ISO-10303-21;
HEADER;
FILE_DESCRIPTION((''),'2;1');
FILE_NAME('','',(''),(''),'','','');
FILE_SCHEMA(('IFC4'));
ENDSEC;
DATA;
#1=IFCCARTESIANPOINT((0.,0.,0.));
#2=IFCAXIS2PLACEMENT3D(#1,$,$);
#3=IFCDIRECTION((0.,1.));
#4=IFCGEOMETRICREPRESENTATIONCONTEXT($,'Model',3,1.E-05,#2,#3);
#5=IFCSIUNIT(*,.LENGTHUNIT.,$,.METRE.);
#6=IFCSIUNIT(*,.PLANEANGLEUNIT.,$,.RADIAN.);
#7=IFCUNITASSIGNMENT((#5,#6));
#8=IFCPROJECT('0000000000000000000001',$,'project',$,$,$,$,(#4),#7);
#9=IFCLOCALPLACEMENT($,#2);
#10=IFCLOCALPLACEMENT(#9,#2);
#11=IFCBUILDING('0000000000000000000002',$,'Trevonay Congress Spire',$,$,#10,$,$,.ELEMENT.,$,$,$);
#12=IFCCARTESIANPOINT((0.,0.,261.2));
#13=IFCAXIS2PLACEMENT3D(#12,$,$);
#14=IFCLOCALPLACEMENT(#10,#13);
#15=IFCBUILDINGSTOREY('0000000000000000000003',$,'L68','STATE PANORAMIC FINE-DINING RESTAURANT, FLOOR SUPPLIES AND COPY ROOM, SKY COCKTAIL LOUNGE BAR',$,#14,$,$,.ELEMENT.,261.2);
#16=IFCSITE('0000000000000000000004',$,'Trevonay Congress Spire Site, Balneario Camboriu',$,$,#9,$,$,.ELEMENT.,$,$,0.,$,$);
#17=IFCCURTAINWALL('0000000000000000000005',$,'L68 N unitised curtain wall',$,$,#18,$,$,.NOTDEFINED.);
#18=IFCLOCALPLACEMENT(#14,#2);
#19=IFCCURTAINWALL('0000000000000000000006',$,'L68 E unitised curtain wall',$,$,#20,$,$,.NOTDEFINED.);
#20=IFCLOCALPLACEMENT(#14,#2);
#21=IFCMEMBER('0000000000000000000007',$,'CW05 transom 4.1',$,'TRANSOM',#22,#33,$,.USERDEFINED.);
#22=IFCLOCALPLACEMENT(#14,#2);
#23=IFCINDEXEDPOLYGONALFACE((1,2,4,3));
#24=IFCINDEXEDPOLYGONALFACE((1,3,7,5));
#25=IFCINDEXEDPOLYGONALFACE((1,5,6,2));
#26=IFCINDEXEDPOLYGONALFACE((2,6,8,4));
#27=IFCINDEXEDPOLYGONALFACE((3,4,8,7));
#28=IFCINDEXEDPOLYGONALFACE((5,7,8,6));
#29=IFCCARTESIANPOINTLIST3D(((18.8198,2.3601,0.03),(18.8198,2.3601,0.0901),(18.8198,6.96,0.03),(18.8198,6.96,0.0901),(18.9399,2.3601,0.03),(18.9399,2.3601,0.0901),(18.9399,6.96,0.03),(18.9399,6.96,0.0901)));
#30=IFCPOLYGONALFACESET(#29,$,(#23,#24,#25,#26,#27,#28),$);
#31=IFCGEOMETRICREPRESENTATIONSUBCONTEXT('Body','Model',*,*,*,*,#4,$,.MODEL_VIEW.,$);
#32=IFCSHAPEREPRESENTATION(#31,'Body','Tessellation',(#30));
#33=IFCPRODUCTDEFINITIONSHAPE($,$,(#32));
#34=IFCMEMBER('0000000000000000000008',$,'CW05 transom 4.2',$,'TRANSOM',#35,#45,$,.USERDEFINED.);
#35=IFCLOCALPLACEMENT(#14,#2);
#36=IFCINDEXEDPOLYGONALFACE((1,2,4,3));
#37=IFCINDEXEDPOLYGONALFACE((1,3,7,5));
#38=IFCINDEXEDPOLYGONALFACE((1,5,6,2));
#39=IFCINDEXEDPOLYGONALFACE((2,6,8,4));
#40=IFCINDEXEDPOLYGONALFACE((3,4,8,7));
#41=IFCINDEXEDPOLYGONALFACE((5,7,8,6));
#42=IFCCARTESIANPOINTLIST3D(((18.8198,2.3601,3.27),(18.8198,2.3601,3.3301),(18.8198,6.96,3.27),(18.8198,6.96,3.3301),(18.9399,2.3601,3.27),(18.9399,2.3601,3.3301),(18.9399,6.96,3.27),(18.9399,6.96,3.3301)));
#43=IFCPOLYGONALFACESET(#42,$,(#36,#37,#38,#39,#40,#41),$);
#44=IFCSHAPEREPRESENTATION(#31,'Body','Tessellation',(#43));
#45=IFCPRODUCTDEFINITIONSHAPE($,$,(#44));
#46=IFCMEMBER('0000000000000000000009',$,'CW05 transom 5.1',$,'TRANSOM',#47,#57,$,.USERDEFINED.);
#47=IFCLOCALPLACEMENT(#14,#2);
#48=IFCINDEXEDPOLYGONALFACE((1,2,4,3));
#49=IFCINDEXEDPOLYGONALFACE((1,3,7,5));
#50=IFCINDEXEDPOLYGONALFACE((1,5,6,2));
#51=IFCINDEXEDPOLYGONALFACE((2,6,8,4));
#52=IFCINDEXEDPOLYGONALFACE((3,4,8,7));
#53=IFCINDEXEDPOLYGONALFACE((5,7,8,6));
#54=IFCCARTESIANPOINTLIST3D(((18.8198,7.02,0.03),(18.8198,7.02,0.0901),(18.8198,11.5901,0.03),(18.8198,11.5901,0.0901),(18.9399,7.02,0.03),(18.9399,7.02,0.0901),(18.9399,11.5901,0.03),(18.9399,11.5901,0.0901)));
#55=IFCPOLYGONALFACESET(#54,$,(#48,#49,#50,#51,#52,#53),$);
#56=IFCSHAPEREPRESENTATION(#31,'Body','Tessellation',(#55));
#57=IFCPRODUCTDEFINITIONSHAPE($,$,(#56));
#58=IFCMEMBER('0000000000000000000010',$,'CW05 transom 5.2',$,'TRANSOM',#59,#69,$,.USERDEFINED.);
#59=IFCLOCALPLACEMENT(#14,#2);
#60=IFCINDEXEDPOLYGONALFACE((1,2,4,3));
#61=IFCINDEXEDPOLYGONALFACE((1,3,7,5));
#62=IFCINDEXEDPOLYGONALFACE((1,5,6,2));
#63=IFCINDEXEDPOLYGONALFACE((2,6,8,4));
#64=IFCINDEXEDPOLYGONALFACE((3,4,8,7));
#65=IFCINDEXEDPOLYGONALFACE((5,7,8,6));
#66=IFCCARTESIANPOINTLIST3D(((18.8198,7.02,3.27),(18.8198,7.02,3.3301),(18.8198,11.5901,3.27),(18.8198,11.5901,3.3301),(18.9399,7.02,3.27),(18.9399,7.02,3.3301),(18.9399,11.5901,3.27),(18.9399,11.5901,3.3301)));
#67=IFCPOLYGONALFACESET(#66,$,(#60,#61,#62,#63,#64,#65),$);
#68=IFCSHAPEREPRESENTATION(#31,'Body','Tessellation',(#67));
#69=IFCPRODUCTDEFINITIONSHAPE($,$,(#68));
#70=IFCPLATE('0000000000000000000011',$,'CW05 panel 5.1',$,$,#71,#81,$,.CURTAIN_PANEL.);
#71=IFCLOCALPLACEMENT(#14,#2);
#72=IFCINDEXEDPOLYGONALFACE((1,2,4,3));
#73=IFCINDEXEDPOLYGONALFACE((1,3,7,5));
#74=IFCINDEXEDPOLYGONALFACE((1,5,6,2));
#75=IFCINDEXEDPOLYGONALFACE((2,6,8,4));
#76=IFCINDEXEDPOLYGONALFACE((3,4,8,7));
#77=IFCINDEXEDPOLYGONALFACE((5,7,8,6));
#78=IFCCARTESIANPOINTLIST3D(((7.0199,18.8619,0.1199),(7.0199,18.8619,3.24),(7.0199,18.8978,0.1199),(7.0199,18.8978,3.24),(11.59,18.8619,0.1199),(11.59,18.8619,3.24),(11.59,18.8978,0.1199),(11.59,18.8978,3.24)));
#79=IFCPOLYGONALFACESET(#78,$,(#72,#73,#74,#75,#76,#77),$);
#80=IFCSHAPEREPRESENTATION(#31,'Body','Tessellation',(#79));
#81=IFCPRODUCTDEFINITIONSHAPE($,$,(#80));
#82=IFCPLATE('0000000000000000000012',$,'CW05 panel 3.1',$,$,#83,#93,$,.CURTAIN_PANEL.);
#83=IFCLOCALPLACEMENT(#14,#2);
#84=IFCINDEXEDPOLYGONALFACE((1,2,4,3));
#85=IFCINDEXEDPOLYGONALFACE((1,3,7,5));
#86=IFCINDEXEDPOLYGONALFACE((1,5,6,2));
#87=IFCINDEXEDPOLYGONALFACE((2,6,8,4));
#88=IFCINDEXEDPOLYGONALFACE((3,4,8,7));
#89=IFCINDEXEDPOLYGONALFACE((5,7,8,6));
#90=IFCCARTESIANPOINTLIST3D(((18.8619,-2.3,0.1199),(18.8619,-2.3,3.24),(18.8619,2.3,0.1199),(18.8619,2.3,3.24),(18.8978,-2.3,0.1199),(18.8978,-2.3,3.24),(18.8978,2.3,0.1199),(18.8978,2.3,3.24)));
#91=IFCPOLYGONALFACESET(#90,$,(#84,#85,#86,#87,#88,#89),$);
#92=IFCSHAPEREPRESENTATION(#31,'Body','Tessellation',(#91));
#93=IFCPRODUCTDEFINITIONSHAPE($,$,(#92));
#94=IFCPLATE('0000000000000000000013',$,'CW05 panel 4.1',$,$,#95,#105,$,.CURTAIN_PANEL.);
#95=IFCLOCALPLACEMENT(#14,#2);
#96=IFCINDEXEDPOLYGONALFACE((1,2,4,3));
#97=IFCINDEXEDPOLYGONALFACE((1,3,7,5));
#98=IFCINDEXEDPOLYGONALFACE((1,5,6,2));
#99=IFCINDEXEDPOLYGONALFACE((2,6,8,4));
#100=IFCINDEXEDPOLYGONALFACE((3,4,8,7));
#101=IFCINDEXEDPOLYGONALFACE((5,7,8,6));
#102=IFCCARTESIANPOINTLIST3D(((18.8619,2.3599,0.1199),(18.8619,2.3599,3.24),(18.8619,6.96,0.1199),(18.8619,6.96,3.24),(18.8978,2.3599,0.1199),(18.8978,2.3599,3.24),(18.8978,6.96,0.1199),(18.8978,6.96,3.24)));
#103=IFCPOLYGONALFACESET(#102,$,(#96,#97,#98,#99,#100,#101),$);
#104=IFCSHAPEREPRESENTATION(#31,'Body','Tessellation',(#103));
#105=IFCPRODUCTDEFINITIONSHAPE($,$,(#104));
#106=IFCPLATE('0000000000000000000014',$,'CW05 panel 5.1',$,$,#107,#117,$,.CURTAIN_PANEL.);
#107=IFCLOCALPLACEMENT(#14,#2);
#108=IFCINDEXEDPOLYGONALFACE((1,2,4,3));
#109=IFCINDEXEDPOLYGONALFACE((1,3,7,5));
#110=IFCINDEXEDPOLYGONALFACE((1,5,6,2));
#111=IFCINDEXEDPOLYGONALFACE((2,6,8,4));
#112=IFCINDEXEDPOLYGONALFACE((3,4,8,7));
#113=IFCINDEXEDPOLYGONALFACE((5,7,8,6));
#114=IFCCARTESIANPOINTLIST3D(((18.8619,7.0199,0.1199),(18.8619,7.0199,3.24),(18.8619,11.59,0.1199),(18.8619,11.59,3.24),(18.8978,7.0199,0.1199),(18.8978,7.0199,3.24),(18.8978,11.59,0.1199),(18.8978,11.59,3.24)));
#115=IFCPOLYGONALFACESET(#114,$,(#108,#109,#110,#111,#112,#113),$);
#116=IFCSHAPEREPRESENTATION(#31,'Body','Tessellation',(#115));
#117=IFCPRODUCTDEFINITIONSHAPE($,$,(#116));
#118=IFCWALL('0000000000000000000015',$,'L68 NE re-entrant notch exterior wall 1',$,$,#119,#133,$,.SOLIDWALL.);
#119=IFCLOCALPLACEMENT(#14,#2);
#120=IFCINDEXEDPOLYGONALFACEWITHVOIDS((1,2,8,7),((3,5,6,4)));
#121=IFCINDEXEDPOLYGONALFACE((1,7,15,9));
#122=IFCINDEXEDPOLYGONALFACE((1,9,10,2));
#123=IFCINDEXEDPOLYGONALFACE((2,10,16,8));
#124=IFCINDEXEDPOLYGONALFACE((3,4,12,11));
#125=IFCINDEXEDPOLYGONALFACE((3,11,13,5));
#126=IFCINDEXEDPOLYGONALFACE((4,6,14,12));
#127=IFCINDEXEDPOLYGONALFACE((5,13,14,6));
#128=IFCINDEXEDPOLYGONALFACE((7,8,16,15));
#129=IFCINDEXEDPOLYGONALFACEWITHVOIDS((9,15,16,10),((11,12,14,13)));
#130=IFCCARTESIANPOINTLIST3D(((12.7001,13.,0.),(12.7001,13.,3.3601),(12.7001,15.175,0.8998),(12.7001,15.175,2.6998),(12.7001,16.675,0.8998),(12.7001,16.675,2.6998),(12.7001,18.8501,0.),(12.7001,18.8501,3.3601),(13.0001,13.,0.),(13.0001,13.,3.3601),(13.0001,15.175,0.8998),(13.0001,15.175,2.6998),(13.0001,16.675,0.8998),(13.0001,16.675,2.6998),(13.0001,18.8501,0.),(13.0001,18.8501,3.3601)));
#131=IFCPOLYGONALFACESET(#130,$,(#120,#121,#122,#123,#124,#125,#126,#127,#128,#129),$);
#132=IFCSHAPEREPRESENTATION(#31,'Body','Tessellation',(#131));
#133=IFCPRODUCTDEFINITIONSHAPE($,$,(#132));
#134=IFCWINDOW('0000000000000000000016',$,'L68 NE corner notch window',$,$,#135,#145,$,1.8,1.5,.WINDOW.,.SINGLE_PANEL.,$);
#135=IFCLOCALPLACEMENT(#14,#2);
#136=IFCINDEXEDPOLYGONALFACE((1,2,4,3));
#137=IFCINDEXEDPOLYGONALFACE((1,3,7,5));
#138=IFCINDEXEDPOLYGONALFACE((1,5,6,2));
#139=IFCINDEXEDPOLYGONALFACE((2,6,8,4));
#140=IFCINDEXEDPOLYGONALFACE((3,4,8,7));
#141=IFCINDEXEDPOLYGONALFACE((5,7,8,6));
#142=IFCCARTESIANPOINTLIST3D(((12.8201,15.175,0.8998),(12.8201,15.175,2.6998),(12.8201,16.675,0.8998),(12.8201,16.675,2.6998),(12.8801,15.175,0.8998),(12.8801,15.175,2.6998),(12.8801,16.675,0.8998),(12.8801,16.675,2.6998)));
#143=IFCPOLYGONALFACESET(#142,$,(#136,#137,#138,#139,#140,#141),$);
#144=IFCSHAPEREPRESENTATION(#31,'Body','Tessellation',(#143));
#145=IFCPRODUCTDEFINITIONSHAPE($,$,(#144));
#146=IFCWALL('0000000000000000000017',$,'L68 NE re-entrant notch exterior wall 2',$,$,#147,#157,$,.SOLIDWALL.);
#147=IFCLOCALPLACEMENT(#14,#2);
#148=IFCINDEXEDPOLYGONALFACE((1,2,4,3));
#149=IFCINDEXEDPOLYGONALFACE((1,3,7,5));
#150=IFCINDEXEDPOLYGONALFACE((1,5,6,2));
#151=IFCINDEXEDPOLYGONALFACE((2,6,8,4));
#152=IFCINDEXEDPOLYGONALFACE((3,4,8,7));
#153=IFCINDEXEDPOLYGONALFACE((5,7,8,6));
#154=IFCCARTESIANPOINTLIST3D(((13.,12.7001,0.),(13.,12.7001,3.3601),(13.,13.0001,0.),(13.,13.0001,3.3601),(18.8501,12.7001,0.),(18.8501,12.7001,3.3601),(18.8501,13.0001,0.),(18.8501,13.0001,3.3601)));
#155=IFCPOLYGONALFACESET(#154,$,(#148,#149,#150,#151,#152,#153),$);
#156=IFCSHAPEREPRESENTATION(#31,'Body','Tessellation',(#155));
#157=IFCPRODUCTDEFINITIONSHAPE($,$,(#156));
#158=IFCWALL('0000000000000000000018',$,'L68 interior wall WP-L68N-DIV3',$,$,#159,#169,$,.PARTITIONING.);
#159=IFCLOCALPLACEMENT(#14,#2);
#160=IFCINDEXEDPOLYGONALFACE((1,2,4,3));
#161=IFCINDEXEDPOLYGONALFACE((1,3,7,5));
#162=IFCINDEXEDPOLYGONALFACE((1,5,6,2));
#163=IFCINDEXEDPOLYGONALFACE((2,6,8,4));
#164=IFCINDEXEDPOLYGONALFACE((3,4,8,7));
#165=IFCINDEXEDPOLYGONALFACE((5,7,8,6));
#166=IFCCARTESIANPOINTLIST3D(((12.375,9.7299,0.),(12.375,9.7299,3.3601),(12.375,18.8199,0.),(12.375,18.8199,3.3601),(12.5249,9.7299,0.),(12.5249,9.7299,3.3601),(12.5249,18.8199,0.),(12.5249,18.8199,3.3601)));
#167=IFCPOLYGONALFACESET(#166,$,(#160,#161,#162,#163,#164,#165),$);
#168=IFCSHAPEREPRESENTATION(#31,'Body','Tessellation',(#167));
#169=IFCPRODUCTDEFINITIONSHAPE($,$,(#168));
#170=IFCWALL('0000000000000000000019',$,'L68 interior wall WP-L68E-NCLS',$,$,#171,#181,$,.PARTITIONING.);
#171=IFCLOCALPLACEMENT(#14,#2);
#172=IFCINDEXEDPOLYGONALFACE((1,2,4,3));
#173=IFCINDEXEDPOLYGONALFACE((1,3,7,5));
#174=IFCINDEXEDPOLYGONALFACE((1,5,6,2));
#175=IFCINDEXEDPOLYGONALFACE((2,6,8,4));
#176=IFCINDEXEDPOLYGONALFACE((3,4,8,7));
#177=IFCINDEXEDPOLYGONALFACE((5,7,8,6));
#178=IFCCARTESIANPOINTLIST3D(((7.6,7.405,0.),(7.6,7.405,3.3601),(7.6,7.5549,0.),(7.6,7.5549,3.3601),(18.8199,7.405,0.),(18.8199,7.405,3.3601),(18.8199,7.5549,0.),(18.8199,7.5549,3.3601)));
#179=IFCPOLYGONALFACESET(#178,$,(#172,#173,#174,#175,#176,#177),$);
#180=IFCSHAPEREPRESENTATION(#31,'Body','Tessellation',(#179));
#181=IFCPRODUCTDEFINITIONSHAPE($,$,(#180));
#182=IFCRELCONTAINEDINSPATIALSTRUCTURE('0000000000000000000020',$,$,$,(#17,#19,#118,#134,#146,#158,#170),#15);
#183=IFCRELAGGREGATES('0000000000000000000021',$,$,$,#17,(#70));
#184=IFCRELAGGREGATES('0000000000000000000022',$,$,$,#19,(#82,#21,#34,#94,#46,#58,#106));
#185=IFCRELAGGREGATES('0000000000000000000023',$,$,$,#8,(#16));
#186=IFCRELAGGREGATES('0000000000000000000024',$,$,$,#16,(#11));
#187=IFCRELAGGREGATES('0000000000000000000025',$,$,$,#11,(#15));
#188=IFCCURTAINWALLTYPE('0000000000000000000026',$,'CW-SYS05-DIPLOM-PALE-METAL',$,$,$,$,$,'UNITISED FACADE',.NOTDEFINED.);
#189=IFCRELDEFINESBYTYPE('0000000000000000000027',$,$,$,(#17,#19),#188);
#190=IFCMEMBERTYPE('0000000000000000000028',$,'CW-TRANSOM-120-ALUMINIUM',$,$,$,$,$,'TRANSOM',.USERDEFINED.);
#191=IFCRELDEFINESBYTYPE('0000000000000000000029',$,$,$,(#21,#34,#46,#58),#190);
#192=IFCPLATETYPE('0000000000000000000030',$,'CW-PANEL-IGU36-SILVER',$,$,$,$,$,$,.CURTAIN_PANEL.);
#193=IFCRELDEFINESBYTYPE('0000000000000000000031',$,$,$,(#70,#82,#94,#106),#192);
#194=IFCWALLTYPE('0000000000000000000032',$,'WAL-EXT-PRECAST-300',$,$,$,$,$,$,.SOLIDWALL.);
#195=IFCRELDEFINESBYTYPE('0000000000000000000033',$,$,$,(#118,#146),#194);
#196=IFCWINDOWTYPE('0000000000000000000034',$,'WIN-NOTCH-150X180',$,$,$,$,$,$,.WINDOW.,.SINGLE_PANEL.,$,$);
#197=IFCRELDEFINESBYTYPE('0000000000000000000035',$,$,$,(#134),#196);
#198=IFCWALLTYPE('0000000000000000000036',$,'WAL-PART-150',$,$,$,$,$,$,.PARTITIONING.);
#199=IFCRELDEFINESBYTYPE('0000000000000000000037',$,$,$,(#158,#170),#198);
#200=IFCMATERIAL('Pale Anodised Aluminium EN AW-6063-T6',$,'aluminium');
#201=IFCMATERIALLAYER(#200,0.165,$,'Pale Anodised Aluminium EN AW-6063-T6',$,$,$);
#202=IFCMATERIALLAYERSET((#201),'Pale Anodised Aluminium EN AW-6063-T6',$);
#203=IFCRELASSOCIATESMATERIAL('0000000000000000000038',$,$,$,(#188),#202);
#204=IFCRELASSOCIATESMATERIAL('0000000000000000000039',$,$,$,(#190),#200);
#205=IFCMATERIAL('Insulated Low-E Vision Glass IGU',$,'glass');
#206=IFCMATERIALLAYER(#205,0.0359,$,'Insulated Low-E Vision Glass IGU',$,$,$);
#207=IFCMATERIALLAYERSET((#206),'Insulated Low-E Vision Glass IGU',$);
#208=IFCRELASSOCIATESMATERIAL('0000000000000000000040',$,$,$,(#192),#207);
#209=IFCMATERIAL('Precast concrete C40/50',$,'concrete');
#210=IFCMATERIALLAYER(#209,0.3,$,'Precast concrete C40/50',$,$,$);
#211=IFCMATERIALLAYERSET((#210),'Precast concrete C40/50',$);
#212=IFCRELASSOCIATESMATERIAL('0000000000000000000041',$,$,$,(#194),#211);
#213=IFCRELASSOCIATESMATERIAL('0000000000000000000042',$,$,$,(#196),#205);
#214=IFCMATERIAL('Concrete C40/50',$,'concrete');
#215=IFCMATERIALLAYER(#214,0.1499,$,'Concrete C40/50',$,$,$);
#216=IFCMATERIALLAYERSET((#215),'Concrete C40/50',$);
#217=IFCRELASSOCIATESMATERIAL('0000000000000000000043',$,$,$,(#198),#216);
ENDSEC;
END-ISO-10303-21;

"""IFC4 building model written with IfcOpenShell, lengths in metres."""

from ifc_helpers import new_model, si_unit, direction, frame, frame_2d, origin, origin_2d, place, context, subcontext, project, spatial, rectangle, extrude, material, layer, layer_set, material_profile, profile_set, type_object, element, fill, aggregate, save


model = new_model("IFC4")

# Units and contexts
model_context = context("Model", 3, precision=1e-05, world=origin(), true_north=direction((0.0, 1.0)))
body_context = subcontext(model_context, "Body", "Model", "MODEL_VIEW")
ifc_project = project(units=[si_unit("LENGTHUNIT", "METRE"), si_unit("PLANEANGLEUNIT", "RADIAN")], contexts=[model_context])

# Site, building, storey
site_placement = place(None, origin())
site = spatial("IfcSite", under=ifc_project, at=site_placement, Name="Trevonay Congress Spire Site, Balneario Camboriu", CompositionType="ELEMENT", RefElevation=0.0)
building_placement = place(site_placement, origin())
building = spatial("IfcBuilding", under=site, at=building_placement, Name="Trevonay Congress Spire", CompositionType="ELEMENT")
storey_placement = place(building_placement, frame((0.0, 0.0, 261.2)))
storey = spatial("IfcBuildingStorey", under=building, at=storey_placement, Name="L68", Description="STATE PANORAMIC FINE-DINING RESTAURANT, FLOOR SUPPLIES AND COPY ROOM, SKY COCKTAIL LOUNGE BAR", CompositionType="ELEMENT", Elevation=261.2)

# Curtain walls
ifc_material_1 = material(Name="Pale Anodised Aluminium EN AW-6063-T6", Category="aluminium")
ifc_layer_1 = layer(ifc_material_1, 0.165, Name="Pale Anodised Aluminium EN AW-6063-T6")
ifc_layer_set_1 = layer_set([ifc_layer_1], Name="Pale Anodised Aluminium EN AW-6063-T6")
curtain_wall_type = type_object("IfcCurtainWallType", Name="CW-SYS05-DIPLOM-PALE-METAL", ElementType="UNITISED FACADE", PredefinedType="NOTDEFINED", material=ifc_layer_set_1)
curtain_wall_1_placement = place(storey_placement, origin())
curtain_wall_1 = element("IfcCurtainWall", 1, at=curtain_wall_1_placement, inside=storey, type_object=curtain_wall_type, Name="L68 N unitised curtain wall", PredefinedType="NOTDEFINED")
curtain_wall_2_placement = place(storey_placement, origin())
curtain_wall_2 = element("IfcCurtainWall", 2, at=curtain_wall_2_placement, inside=storey, type_object=curtain_wall_type, Name="L68 E unitised curtain wall", PredefinedType="NOTDEFINED")

# Members
ifc_material_profile_1 = material_profile(ifc_material_1, rectangle(XDim=0.1201, YDim=0.0601, at=origin_2d()), Name="CW-TRANSOM-120-ALUMINIUM")
ifc_profile_set_1 = profile_set([ifc_material_profile_1], Name="Pale Anodised Aluminium EN AW-6063-T6")
member_type_1 = type_object("IfcMemberType", Name="CW-TRANSOM-120-ALUMINIUM", ElementType="TRANSOM", PredefinedType="USERDEFINED", material=ifc_profile_set_1)
member_1_placement = place(storey_placement, frame((18.8799, 2.3601, 0.0601), z_axis=(0.0, 1.0, 0.0), x_axis=(-1.0, 0.0, 0.0)))
member_1 = element("IfcMember", 3, at=member_1_placement, type_object=member_type_1, Name="CW05 transom 4.1", ObjectType="TRANSOM", PredefinedType="USERDEFINED", context=body_context, shape_type="SweptSolid", body=[
    extrude(rectangle(XDim=0.1201, YDim=0.0601, at=origin_2d()), origin(), (0.0, 0.0, 1.0), 4.5999),
])
member_2_placement = place(storey_placement, frame((18.8799, 2.3601, 3.3), z_axis=(0.0, 1.0, 0.0), x_axis=(-1.0, 0.0, 0.0)))
member_2 = element("IfcMember", 4, at=member_2_placement, type_object=member_type_1, Name="CW05 transom 4.2", ObjectType="TRANSOM", PredefinedType="USERDEFINED", context=body_context, shape_type="SweptSolid", body=[
    extrude(rectangle(XDim=0.1201, YDim=0.0601, at=origin_2d()), origin(), (0.0, 0.0, 1.0), 4.5999),
])
member_3_placement = place(storey_placement, frame((18.8799, 7.02, 0.0601), z_axis=(0.0, 1.0, 0.0), x_axis=(-1.0, 0.0, 0.0)))
member_3 = element("IfcMember", 5, at=member_3_placement, type_object=member_type_1, Name="CW05 transom 5.1", ObjectType="TRANSOM", PredefinedType="USERDEFINED", context=body_context, shape_type="SweptSolid", body=[
    extrude(rectangle(XDim=0.1201, YDim=0.0601, at=origin_2d()), origin(), (0.0, 0.0, 1.0), 4.5701),
])
member_4_placement = place(storey_placement, frame((18.8799, 7.02, 3.3), z_axis=(0.0, 1.0, 0.0), x_axis=(-1.0, 0.0, 0.0)))
member_4 = element("IfcMember", 6, at=member_4_placement, type_object=member_type_1, Name="CW05 transom 5.2", ObjectType="TRANSOM", PredefinedType="USERDEFINED", context=body_context, shape_type="SweptSolid", body=[
    extrude(rectangle(XDim=0.1201, YDim=0.0601, at=origin_2d()), origin(), (0.0, 0.0, 1.0), 4.5701),
])

# Plates
ifc_material_2 = material(Name="Insulated Low-E Vision Glass IGU", Category="glass")
ifc_layer_2 = layer(ifc_material_2, 0.0359, Name="Insulated Low-E Vision Glass IGU")
ifc_layer_set_2 = layer_set([ifc_layer_2], Name="Insulated Low-E Vision Glass IGU")
plate_type = type_object("IfcPlateType", Name="CW-PANEL-IGU36-SILVER", PredefinedType="CURTAIN_PANEL", material=ifc_layer_set_2)
plate_1_placement = place(storey_placement, frame((9.3049, 18.8799, 0.1199), z_axis=(0.0, 0.0, 1.0), x_axis=(1.0, 0.0, 0.0)))
plate_1 = element("IfcPlate", 7, at=plate_1_placement, type_object=plate_type, Name="CW05 panel 5.1", PredefinedType="CURTAIN_PANEL", context=body_context, shape_type="SweptSolid", body=[
    extrude(rectangle(XDim=4.5701, YDim=0.0359, at=origin_2d()), origin(), (0.0, 0.0, 1.0), 3.1201),
])
aggregate(curtain_wall_1, [plate_1])
plate_2_placement = place(storey_placement, frame((18.8799, 0.0, 0.1199), z_axis=(0.0, 0.0, 1.0), x_axis=(0.0, 1.0, 0.0)))
plate_2 = element("IfcPlate", 8, at=plate_2_placement, type_object=plate_type, Name="CW05 panel 3.1", PredefinedType="CURTAIN_PANEL", context=body_context, shape_type="SweptSolid", body=[
    extrude(rectangle(XDim=4.6001, YDim=0.0359, at=origin_2d()), origin(), (0.0, 0.0, 1.0), 3.1201),
])
plate_3_placement = place(storey_placement, frame((18.8799, 4.6599, 0.1199), z_axis=(0.0, 0.0, 1.0), x_axis=(0.0, 1.0, 0.0)))
plate_3 = element("IfcPlate", 9, at=plate_3_placement, type_object=plate_type, Name="CW05 panel 4.1", PredefinedType="CURTAIN_PANEL", context=body_context, shape_type="SweptSolid", body=[
    extrude(rectangle(XDim=4.6001, YDim=0.0359, at=origin_2d()), origin(), (0.0, 0.0, 1.0), 3.1201),
])
plate_4_placement = place(storey_placement, frame((18.8799, 9.3049, 0.1199), z_axis=(0.0, 0.0, 1.0), x_axis=(0.0, 1.0, 0.0)))
plate_4 = element("IfcPlate", 10, at=plate_4_placement, type_object=plate_type, Name="CW05 panel 5.1", PredefinedType="CURTAIN_PANEL", context=body_context, shape_type="SweptSolid", body=[
    extrude(rectangle(XDim=4.5701, YDim=0.0359, at=origin_2d()), origin(), (0.0, 0.0, 1.0), 3.1201),
])
aggregate(curtain_wall_2, [plate_2, member_1, member_2, plate_3, member_3, member_4, plate_4])

# Wall, opening, window
ifc_material_3 = material(Name="Precast concrete C40/50", Category="concrete")
ifc_layer_3 = layer(ifc_material_3, 0.3, Name="Precast concrete C40/50")
ifc_layer_set_3 = layer_set([ifc_layer_3], Name="Precast concrete C40/50")
wall_type_1 = type_object("IfcWallType", Name="WAL-EXT-PRECAST-300", PredefinedType="SOLIDWALL", material=ifc_layer_set_3)
wall_1_placement = place(storey_placement, frame((12.8501, 18.8501, 0.0), z_axis=(0.0, 0.0, 1.0), x_axis=(0.0, -1.0, 0.0)))
wall_1 = element("IfcWall", 11, at=wall_1_placement, inside=storey, type_object=wall_type_1, Name="L68 NE re-entrant notch exterior wall 1", PredefinedType="SOLIDWALL", context=body_context, shape_type="SweptSolid", body=[
    extrude(rectangle(XDim=5.8501, YDim=0.3, at=frame_2d((2.925, 0.0))), origin(), (0.0, 0.0, 1.0), 3.3601),
])
opening_placement = place(wall_1_placement, frame((2.175, 0.0, 0.8999)))
opening = element("IfcOpeningElement", 12, at=opening_placement, cuts=wall_1, PredefinedType="OPENING", context=body_context, shape_type="SweptSolid", body=[
    extrude(rectangle(XDim=1.5, YDim=1.8, at=frame_2d((0.75, 0.8999))), frame((0.0, 0.1602, 0.0), z_axis=(0.0, -1.0, 0.0), x_axis=(1.0, 0.0, 0.0)), (0.0, 0.0, 1.0), 0.3201),
])
window_type = type_object("IfcWindowType", Name="WIN-NOTCH-150X180", PartitioningType="SINGLE_PANEL", PredefinedType="WINDOW", material=ifc_material_2)
window_placement = place(opening_placement, origin())
window = element("IfcWindow", 13, at=window_placement, inside=storey, type_object=window_type, Name="L68 NE corner notch window", OverallHeight=1.8, OverallWidth=1.5, PartitioningType="SINGLE_PANEL", PredefinedType="WINDOW", context=body_context, shape_type="SweptSolid", body=[
    extrude(rectangle(XDim=1.5, YDim=1.8, at=frame_2d((0.75, 0.8999))), frame((0.0, 0.03, 0.0), z_axis=(0.0, -1.0, 0.0), x_axis=(1.0, 0.0, 0.0)), (0.0, 0.0, 1.0), 0.0601),
])
fill(opening, window)

# Walls
wall_2_placement = place(storey_placement, frame((18.8501, 12.8501, 0.0), z_axis=(0.0, 0.0, 1.0), x_axis=(-1.0, 0.0, 0.0)))
element("IfcWall", 14, at=wall_2_placement, inside=storey, type_object=wall_type_1, Name="L68 NE re-entrant notch exterior wall 2", PredefinedType="SOLIDWALL", context=body_context, shape_type="SweptSolid", body=[
    extrude(rectangle(XDim=5.8501, YDim=0.3, at=frame_2d((2.925, 0.0))), origin(), (0.0, 0.0, 1.0), 3.3601),
])
ifc_material_4 = material(Name="Concrete C40/50", Category="concrete")
ifc_layer_4 = layer(ifc_material_4, 0.1499, Name="Concrete C40/50")
ifc_layer_set_4 = layer_set([ifc_layer_4], Name="Concrete C40/50")
wall_type_2 = type_object("IfcWallType", Name="WAL-PART-150", PredefinedType="PARTITIONING", material=ifc_layer_set_4)
wall_3_placement = place(storey_placement, frame((12.45, 9.73, 0.0), z_axis=(0.0, 0.0, 1.0), x_axis=(0.0, 1.0, 0.0)))
element("IfcWall", 15, at=wall_3_placement, inside=storey, type_object=wall_type_2, Name="L68 interior wall WP-L68N-DIV3", PredefinedType="PARTITIONING", context=body_context, shape_type="SweptSolid", body=[
    extrude(rectangle(XDim=9.0901, YDim=0.1499, at=frame_2d((4.5449, 0.0))), origin(), (0.0, 0.0, 1.0), 3.3601),
])
wall_4_placement = place(storey_placement, frame((7.6001, 7.48, 0.0), z_axis=(0.0, 0.0, 1.0), x_axis=(1.0, 0.0, 0.0)))
element("IfcWall", 16, at=wall_4_placement, inside=storey, type_object=wall_type_2, Name="L68 interior wall WP-L68E-NCLS", PredefinedType="PARTITIONING", context=body_context, shape_type="SweptSolid", body=[
    extrude(rectangle(XDim=11.22, YDim=0.1499, at=frame_2d((5.6099, 0.0))), origin(), (0.0, 0.0, 1.0), 3.3601),
])

save(model, "model.ifc")
